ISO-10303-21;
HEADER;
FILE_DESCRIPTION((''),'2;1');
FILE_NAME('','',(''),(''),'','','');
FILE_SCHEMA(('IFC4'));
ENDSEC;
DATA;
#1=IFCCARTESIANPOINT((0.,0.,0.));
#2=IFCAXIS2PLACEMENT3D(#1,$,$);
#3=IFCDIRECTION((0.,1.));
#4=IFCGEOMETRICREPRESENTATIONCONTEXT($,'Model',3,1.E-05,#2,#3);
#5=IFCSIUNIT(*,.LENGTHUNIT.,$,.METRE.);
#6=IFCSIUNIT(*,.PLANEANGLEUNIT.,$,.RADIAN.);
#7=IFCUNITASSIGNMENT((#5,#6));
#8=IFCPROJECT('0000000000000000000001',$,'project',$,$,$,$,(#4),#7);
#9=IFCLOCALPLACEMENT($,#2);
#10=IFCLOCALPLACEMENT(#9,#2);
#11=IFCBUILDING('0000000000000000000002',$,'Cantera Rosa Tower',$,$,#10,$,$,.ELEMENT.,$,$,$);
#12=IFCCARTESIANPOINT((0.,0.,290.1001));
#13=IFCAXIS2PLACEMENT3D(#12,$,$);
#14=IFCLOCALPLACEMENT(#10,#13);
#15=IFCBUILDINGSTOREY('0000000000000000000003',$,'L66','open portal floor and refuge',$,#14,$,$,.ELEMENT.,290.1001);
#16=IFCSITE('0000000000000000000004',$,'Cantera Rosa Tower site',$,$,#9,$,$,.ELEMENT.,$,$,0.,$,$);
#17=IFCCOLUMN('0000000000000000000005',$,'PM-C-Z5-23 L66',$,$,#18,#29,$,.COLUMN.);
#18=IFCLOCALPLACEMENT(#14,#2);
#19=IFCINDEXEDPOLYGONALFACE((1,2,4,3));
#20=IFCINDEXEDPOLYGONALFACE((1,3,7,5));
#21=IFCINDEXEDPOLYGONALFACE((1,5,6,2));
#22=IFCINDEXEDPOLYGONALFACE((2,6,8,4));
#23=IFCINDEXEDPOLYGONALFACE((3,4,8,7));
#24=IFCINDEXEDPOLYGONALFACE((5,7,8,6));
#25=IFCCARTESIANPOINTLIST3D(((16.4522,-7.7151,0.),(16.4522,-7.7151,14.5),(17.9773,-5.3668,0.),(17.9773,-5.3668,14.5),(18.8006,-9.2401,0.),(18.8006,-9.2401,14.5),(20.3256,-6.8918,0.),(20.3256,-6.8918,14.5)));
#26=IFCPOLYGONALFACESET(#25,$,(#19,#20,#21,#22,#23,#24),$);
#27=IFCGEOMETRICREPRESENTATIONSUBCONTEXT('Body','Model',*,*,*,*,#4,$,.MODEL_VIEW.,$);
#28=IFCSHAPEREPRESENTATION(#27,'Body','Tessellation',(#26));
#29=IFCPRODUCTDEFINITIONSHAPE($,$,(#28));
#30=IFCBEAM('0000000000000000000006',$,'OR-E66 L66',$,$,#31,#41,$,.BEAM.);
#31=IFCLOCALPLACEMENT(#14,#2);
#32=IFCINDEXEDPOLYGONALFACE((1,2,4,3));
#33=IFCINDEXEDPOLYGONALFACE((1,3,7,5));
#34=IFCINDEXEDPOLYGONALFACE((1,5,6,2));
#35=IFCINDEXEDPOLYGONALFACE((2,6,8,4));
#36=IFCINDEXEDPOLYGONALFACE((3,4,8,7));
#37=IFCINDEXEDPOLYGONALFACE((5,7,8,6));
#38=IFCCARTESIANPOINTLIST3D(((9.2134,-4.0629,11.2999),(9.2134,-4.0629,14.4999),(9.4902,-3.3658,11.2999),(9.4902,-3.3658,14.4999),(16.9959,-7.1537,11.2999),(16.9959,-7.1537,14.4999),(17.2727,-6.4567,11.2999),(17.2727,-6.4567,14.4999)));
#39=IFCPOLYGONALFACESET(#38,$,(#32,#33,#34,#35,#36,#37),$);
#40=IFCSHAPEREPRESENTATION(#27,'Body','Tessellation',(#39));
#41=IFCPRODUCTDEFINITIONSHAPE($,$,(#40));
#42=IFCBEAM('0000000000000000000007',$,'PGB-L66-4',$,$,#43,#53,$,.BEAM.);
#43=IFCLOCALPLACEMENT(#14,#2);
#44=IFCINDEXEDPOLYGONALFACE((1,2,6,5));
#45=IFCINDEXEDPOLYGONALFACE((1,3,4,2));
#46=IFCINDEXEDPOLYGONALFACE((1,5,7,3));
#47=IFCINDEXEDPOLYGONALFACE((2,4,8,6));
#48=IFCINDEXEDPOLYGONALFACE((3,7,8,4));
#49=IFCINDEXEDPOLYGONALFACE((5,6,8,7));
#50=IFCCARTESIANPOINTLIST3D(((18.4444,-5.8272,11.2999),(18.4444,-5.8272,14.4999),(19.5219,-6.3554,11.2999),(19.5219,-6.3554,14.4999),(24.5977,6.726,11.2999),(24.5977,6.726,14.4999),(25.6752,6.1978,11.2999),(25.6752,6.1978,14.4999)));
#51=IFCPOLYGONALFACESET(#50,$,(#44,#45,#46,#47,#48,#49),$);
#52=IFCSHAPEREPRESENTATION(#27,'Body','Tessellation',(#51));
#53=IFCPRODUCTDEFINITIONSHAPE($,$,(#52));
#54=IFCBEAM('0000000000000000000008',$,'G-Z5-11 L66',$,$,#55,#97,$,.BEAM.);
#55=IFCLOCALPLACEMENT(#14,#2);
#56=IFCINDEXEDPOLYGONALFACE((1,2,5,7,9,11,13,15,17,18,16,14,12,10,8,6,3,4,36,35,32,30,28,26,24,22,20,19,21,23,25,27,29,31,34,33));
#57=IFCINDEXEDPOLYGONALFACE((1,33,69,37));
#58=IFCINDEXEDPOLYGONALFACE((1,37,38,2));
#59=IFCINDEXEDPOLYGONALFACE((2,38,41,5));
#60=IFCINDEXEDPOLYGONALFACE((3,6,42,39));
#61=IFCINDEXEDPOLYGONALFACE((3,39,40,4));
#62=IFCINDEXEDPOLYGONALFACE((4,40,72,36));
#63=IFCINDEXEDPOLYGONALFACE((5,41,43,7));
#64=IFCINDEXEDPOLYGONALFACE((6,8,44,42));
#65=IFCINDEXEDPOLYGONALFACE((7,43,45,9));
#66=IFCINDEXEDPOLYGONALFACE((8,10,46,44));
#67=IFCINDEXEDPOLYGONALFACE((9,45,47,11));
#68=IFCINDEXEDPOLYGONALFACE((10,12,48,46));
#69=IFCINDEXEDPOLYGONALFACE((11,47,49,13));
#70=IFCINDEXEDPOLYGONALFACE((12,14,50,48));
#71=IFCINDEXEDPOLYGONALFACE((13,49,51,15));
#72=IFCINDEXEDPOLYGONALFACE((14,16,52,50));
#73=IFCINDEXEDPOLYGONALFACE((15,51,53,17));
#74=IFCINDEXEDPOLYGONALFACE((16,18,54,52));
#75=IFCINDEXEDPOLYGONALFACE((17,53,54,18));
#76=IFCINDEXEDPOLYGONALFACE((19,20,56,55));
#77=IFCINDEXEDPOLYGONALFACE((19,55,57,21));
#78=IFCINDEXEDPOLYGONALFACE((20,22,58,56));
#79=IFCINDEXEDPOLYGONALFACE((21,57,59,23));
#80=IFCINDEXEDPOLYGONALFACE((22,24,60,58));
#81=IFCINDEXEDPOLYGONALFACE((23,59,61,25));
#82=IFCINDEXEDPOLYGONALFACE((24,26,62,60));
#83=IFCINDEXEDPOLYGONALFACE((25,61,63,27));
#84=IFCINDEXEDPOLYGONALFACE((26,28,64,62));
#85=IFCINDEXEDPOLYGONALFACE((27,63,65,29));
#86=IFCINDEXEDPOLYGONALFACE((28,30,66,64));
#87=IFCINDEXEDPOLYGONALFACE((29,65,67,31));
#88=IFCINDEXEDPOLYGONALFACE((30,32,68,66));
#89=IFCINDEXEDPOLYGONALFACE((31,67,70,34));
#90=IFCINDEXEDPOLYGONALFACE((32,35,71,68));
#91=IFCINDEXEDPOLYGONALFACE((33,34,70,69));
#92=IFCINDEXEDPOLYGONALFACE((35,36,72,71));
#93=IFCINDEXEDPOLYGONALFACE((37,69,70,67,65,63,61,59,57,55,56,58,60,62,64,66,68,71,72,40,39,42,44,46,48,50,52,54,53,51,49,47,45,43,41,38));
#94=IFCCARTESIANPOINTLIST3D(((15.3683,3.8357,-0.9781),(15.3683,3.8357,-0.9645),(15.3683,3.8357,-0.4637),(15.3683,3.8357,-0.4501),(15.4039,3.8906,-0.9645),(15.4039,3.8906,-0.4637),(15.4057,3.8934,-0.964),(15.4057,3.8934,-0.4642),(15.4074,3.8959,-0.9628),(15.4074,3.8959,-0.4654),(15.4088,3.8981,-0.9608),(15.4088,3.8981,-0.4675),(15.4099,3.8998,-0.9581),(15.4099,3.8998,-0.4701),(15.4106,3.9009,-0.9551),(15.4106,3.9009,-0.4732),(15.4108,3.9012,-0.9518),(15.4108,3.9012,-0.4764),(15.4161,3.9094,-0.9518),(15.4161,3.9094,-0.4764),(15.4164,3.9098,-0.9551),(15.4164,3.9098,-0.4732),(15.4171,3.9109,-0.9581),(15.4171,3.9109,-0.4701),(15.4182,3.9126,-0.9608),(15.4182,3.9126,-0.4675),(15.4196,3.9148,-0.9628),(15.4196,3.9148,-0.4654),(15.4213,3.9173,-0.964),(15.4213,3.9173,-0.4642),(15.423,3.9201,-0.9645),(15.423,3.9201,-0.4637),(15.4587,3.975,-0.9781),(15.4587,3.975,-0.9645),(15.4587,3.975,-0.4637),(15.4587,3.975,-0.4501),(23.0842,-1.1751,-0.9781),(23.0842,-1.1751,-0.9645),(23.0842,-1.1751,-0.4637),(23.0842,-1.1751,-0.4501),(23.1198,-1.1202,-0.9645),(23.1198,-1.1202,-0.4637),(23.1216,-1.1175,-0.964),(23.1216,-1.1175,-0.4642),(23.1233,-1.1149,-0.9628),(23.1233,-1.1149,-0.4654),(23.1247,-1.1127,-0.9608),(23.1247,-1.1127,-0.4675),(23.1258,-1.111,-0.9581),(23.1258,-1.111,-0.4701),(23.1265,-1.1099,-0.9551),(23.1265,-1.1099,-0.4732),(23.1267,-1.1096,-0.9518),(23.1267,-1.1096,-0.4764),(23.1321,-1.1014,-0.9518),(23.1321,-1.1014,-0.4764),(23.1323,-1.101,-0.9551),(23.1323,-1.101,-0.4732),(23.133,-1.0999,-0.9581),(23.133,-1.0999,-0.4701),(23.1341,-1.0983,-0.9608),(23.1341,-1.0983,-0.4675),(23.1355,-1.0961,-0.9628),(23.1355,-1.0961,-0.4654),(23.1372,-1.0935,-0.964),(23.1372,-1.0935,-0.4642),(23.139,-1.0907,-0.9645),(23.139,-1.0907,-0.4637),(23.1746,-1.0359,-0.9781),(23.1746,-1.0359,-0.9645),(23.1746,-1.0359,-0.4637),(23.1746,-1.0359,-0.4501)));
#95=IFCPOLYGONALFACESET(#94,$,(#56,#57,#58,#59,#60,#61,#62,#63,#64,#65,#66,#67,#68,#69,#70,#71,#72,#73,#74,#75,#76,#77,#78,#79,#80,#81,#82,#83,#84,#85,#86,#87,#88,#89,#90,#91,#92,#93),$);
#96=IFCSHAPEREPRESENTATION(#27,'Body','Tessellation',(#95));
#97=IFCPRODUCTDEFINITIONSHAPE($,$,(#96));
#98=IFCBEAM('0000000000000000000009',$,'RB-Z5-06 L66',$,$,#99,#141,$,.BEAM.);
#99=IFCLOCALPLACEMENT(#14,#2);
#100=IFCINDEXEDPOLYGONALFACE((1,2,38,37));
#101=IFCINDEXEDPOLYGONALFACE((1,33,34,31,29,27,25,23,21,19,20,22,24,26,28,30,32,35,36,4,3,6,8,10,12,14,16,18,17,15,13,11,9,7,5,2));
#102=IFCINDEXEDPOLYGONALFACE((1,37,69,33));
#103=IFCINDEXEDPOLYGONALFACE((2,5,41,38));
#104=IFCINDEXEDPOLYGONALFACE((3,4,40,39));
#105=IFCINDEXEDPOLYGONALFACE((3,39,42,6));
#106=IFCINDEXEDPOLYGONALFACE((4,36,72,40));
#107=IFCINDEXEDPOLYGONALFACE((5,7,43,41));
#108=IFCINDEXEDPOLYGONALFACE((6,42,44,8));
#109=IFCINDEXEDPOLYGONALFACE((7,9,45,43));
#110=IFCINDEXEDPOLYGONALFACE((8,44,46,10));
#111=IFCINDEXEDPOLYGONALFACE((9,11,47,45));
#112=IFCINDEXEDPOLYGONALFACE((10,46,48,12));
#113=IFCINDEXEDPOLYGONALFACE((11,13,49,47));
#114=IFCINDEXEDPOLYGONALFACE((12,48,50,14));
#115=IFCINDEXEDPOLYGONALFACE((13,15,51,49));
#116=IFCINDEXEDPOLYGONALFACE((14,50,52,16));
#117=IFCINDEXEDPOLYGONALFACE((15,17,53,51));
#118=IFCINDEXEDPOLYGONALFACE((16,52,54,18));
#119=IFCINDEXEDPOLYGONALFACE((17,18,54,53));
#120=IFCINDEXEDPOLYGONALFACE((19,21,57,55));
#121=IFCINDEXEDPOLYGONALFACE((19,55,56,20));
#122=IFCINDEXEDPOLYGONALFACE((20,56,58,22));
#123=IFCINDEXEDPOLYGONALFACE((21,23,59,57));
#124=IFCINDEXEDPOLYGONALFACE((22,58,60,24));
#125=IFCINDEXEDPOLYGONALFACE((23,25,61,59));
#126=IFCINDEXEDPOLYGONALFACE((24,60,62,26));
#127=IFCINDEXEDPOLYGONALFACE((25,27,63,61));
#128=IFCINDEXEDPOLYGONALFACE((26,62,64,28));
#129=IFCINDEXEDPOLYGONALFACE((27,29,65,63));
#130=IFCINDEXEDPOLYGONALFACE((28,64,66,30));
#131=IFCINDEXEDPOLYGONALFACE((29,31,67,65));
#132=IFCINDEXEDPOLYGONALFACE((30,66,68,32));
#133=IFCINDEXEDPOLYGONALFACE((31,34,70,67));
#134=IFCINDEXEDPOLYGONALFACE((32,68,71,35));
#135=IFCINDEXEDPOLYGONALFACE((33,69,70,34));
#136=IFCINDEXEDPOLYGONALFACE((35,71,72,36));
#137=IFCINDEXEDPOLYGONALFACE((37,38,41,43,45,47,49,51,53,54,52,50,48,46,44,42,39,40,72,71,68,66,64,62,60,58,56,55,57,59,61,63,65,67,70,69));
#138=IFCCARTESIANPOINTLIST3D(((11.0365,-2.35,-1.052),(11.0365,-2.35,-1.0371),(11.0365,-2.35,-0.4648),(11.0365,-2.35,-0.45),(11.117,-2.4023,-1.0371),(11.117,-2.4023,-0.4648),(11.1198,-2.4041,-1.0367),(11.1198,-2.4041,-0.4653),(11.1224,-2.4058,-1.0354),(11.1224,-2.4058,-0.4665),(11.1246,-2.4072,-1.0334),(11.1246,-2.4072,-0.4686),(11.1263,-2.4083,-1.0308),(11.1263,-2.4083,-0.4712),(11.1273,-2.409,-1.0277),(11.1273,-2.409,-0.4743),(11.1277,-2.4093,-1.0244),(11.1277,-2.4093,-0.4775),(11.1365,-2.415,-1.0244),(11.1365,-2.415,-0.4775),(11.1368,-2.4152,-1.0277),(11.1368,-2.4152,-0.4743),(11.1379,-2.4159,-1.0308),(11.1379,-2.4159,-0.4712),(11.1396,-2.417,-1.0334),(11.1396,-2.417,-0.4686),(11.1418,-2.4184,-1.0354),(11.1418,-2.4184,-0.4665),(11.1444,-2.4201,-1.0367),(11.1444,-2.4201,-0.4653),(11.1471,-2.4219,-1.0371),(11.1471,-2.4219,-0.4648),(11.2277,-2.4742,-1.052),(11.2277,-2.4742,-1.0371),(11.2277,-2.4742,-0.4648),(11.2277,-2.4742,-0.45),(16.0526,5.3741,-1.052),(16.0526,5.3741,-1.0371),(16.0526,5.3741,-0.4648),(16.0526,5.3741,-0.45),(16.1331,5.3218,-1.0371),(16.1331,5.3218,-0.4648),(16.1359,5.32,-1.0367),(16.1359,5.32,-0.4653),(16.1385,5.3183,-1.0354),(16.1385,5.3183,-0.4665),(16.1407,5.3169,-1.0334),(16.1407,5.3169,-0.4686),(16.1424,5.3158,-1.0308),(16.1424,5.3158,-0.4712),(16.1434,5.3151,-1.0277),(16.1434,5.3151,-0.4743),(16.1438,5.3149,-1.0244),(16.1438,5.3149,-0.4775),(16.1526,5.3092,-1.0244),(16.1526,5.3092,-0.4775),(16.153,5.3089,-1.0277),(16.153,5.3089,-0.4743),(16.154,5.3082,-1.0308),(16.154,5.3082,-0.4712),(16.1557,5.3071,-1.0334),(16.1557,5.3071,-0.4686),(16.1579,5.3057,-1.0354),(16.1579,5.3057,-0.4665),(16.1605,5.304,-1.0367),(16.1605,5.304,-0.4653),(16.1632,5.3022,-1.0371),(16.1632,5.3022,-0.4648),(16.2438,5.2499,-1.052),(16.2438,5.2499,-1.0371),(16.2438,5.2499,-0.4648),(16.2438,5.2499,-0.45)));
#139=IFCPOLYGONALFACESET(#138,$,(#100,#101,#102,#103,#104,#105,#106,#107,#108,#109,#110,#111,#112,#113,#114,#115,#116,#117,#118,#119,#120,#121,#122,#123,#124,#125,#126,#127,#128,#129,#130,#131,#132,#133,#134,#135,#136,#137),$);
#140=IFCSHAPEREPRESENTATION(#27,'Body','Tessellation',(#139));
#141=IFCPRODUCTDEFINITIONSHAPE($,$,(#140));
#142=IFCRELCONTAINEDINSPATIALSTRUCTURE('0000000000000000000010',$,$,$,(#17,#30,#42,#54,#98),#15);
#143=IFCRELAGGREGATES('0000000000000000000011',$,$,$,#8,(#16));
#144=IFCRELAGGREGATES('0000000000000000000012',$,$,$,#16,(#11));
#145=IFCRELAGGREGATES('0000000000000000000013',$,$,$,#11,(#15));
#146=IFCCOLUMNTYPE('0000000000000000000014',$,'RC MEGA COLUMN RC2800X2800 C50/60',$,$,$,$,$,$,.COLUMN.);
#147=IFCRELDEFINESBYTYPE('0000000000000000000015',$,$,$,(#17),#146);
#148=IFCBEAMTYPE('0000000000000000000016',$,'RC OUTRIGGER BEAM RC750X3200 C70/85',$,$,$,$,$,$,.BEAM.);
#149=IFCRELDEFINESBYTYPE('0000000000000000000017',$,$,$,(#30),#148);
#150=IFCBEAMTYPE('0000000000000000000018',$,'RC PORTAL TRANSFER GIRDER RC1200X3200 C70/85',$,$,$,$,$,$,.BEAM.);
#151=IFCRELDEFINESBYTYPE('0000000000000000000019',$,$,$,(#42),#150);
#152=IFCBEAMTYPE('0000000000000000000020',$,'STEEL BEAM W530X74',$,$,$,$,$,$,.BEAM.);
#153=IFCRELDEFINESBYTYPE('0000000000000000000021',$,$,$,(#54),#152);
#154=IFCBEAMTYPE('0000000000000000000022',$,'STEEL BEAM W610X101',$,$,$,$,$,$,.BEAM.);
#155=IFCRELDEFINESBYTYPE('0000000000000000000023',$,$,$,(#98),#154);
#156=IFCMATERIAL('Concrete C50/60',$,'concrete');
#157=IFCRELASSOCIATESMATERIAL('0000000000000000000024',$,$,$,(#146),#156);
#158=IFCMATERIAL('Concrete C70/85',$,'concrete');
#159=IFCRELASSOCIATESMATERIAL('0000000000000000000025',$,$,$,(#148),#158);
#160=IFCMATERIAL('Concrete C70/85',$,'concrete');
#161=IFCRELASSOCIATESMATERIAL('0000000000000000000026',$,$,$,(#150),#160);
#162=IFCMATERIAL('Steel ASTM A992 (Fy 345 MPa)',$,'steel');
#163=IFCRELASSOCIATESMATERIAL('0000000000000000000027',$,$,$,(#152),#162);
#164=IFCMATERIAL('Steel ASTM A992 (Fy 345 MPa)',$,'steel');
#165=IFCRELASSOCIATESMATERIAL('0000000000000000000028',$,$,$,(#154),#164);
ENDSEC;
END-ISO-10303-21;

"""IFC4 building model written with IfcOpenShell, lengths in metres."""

from ifc_helpers import new_model, si_unit, direction, frame, origin, origin_2d, place, context, subcontext, project, spatial, rectangle, i_section, extrude, material, material_profile, profile_set, type_object, element, save


model = new_model("IFC4")

# Units and contexts
model_context = context("Model", 3, precision=1e-05, world=origin(), true_north=direction((0.0, 1.0)))
body_context = subcontext(model_context, "Body", "Model", "MODEL_VIEW")
ifc_project = project(units=[si_unit("LENGTHUNIT", "METRE"), si_unit("PLANEANGLEUNIT", "RADIAN")], contexts=[model_context])

# Site, building, storey
site_placement = place(None, origin())
site = spatial("IfcSite", under=ifc_project, at=site_placement, Name="Cantera Rosa Tower site", CompositionType="ELEMENT", RefElevation=0.0)
building_placement = place(site_placement, origin())
building = spatial("IfcBuilding", under=site, at=building_placement, Name="Cantera Rosa Tower", CompositionType="ELEMENT")
storey_placement = place(building_placement, frame((0.0, 0.0, 290.1001)))
storey = spatial("IfcBuildingStorey", under=building, at=storey_placement, Name="L66", Description="open portal floor and refuge", CompositionType="ELEMENT", Elevation=290.1001)

# Column
ifc_material_1 = material(Name="Concrete C50/60", Category="concrete")
ifc_material_profile_1 = material_profile(ifc_material_1, rectangle(XDim=2.8, YDim=2.8, at=origin_2d()), Name="RC MEGA COLUMN RC2800X2800 C50/60")
ifc_profile_set_1 = profile_set([ifc_material_profile_1], Name="Concrete C50/60")
column_type = type_object("IfcColumnType", Name="RC MEGA COLUMN RC2800X2800 C50/60", PredefinedType="COLUMN", material=ifc_profile_set_1)
column_placement = place(storey_placement, frame((18.3889, -7.3035, 0.0), z_axis=(0.0, 0.0, 1.0), x_axis=(0.544639, 0.838671, 0.0)))
element("IfcColumn", 1, at=column_placement, inside=storey, type_object=column_type, Name="PM-C-Z5-23 L66", PredefinedType="COLUMN", context=body_context, shape_type="SweptSolid", body=[
    extrude(rectangle(XDim=2.8, YDim=2.8, at=origin_2d()), origin(), (0.0, 0.0, 1.0), 14.5),
])

# Beams
ifc_material_2 = material(Name="Concrete C70/85", Category="concrete")
ifc_material_profile_2 = material_profile(ifc_material_2, rectangle(XDim=0.75, YDim=3.2, at=origin_2d()), Name="RC OUTRIGGER BEAM RC750X3200 C70/85")
ifc_profile_set_2 = profile_set([ifc_material_profile_2], Name="Concrete C70/85")
beam_type_1 = type_object("IfcBeamType", Name="RC OUTRIGGER BEAM RC750X3200 C70/85", PredefinedType="BEAM", material=ifc_profile_set_2)
beam_1_placement = place(storey_placement, frame((9.3518, -3.7144, 12.8999), z_axis=(0.929387, -0.369107, 0.0), x_axis=(0.369107, 0.929387, 0.0)))
element("IfcBeam", 2, at=beam_1_placement, inside=storey, type_object=beam_type_1, Name="OR-E66 L66", PredefinedType="BEAM", context=body_context, shape_type="SweptSolid", body=[
    extrude(rectangle(XDim=0.75, YDim=3.2, at=origin_2d()), origin(), (0.0, 0.0, 1.0), 8.3738),
])
ifc_material_3 = material(Name="Concrete C70/85", Category="concrete")
ifc_material_profile_3 = material_profile(ifc_material_3, rectangle(XDim=1.2, YDim=3.2, at=origin_2d()), Name="RC PORTAL TRANSFER GIRDER RC1200X3200 C70/85")
ifc_profile_set_3 = profile_set([ifc_material_profile_3], Name="Concrete C70/85")
beam_type_2 = type_object("IfcBeamType", Name="RC PORTAL TRANSFER GIRDER RC1200X3200 C70/85", PredefinedType="BEAM", material=ifc_profile_set_3)
beam_2_placement = place(storey_placement, frame((18.9832, -6.0913, 12.8999), z_axis=(0.440145, 0.897927, 0.0), x_axis=(-0.897927, 0.440145, 0.0)))
element("IfcBeam", 3, at=beam_2_placement, inside=storey, type_object=beam_type_2, Name="PGB-L66-4", PredefinedType="BEAM", context=body_context, shape_type="SweptSolid", body=[
    extrude(rectangle(XDim=1.2, YDim=3.2, at=origin_2d()), origin(), (0.0, 0.0, 1.0), 13.9802),
])
ifc_material_4 = material(Name="Steel ASTM A992 (Fy 345 MPa)", Category="steel")
ifc_material_profile_4 = material_profile(ifc_material_4, i_section(OverallWidth=0.166, OverallDepth=0.5281, WebThickness=0.0098, FlangeThickness=0.0137, FilletRadius=0.0127, at=origin_2d()), Name="W530X74")
ifc_profile_set_4 = profile_set([ifc_material_profile_4], Name="Steel ASTM A992 (Fy 345 MPa)")
beam_type_3 = type_object("IfcBeamType", Name="STEEL BEAM W530X74", PredefinedType="BEAM", material=ifc_profile_set_4)
beam_3_placement = place(storey_placement, frame((23.1294, -1.1055, -0.7141), z_axis=(-0.838669, 0.544641, 0.0), x_axis=(-0.544641, -0.838669, 0.0)))
element("IfcBeam", 4, at=beam_3_placement, inside=storey, type_object=beam_type_3, Name="G-Z5-11 L66", PredefinedType="BEAM", context=body_context, shape_type="SweptSolid", body=[
    extrude(i_section(OverallWidth=0.166, OverallDepth=0.5281, WebThickness=0.0098, FlangeThickness=0.0137, FilletRadius=0.0127, at=origin_2d()), origin(), (0.0, 0.0, 1.0), 9.2002),
])
ifc_material_5 = material(Name="Steel ASTM A992 (Fy 345 MPa)", Category="steel")
ifc_material_profile_5 = material_profile(ifc_material_5, i_section(OverallWidth=0.228, OverallDepth=0.6021, WebThickness=0.0105, FlangeThickness=0.0149, FilletRadius=0.0127, at=origin_2d()), Name="W610X101")
ifc_profile_set_5 = profile_set([ifc_material_profile_5], Name="Steel ASTM A992 (Fy 345 MPa)")
beam_type_4 = type_object("IfcBeamType", Name="STEEL BEAM W610X101", PredefinedType="BEAM", material=ifc_profile_set_5)
beam_4_placement = place(storey_placement, frame((11.1321, -2.4121, -0.751), z_axis=(0.54464, 0.83867, 0.0), x_axis=(-0.83867, 0.54464, 0.0)))
element("IfcBeam", 5, at=beam_4_placement, inside=storey, type_object=beam_type_4, Name="RB-Z5-06 L66", PredefinedType="BEAM", context=body_context, shape_type="SweptSolid", body=[
    extrude(i_section(OverallWidth=0.228, OverallDepth=0.6021, WebThickness=0.0105, FlangeThickness=0.0149, FilletRadius=0.0127, at=origin_2d()), origin(), (0.0, 0.0, 1.0), 9.21),
])

save(model, "model.ifc")
